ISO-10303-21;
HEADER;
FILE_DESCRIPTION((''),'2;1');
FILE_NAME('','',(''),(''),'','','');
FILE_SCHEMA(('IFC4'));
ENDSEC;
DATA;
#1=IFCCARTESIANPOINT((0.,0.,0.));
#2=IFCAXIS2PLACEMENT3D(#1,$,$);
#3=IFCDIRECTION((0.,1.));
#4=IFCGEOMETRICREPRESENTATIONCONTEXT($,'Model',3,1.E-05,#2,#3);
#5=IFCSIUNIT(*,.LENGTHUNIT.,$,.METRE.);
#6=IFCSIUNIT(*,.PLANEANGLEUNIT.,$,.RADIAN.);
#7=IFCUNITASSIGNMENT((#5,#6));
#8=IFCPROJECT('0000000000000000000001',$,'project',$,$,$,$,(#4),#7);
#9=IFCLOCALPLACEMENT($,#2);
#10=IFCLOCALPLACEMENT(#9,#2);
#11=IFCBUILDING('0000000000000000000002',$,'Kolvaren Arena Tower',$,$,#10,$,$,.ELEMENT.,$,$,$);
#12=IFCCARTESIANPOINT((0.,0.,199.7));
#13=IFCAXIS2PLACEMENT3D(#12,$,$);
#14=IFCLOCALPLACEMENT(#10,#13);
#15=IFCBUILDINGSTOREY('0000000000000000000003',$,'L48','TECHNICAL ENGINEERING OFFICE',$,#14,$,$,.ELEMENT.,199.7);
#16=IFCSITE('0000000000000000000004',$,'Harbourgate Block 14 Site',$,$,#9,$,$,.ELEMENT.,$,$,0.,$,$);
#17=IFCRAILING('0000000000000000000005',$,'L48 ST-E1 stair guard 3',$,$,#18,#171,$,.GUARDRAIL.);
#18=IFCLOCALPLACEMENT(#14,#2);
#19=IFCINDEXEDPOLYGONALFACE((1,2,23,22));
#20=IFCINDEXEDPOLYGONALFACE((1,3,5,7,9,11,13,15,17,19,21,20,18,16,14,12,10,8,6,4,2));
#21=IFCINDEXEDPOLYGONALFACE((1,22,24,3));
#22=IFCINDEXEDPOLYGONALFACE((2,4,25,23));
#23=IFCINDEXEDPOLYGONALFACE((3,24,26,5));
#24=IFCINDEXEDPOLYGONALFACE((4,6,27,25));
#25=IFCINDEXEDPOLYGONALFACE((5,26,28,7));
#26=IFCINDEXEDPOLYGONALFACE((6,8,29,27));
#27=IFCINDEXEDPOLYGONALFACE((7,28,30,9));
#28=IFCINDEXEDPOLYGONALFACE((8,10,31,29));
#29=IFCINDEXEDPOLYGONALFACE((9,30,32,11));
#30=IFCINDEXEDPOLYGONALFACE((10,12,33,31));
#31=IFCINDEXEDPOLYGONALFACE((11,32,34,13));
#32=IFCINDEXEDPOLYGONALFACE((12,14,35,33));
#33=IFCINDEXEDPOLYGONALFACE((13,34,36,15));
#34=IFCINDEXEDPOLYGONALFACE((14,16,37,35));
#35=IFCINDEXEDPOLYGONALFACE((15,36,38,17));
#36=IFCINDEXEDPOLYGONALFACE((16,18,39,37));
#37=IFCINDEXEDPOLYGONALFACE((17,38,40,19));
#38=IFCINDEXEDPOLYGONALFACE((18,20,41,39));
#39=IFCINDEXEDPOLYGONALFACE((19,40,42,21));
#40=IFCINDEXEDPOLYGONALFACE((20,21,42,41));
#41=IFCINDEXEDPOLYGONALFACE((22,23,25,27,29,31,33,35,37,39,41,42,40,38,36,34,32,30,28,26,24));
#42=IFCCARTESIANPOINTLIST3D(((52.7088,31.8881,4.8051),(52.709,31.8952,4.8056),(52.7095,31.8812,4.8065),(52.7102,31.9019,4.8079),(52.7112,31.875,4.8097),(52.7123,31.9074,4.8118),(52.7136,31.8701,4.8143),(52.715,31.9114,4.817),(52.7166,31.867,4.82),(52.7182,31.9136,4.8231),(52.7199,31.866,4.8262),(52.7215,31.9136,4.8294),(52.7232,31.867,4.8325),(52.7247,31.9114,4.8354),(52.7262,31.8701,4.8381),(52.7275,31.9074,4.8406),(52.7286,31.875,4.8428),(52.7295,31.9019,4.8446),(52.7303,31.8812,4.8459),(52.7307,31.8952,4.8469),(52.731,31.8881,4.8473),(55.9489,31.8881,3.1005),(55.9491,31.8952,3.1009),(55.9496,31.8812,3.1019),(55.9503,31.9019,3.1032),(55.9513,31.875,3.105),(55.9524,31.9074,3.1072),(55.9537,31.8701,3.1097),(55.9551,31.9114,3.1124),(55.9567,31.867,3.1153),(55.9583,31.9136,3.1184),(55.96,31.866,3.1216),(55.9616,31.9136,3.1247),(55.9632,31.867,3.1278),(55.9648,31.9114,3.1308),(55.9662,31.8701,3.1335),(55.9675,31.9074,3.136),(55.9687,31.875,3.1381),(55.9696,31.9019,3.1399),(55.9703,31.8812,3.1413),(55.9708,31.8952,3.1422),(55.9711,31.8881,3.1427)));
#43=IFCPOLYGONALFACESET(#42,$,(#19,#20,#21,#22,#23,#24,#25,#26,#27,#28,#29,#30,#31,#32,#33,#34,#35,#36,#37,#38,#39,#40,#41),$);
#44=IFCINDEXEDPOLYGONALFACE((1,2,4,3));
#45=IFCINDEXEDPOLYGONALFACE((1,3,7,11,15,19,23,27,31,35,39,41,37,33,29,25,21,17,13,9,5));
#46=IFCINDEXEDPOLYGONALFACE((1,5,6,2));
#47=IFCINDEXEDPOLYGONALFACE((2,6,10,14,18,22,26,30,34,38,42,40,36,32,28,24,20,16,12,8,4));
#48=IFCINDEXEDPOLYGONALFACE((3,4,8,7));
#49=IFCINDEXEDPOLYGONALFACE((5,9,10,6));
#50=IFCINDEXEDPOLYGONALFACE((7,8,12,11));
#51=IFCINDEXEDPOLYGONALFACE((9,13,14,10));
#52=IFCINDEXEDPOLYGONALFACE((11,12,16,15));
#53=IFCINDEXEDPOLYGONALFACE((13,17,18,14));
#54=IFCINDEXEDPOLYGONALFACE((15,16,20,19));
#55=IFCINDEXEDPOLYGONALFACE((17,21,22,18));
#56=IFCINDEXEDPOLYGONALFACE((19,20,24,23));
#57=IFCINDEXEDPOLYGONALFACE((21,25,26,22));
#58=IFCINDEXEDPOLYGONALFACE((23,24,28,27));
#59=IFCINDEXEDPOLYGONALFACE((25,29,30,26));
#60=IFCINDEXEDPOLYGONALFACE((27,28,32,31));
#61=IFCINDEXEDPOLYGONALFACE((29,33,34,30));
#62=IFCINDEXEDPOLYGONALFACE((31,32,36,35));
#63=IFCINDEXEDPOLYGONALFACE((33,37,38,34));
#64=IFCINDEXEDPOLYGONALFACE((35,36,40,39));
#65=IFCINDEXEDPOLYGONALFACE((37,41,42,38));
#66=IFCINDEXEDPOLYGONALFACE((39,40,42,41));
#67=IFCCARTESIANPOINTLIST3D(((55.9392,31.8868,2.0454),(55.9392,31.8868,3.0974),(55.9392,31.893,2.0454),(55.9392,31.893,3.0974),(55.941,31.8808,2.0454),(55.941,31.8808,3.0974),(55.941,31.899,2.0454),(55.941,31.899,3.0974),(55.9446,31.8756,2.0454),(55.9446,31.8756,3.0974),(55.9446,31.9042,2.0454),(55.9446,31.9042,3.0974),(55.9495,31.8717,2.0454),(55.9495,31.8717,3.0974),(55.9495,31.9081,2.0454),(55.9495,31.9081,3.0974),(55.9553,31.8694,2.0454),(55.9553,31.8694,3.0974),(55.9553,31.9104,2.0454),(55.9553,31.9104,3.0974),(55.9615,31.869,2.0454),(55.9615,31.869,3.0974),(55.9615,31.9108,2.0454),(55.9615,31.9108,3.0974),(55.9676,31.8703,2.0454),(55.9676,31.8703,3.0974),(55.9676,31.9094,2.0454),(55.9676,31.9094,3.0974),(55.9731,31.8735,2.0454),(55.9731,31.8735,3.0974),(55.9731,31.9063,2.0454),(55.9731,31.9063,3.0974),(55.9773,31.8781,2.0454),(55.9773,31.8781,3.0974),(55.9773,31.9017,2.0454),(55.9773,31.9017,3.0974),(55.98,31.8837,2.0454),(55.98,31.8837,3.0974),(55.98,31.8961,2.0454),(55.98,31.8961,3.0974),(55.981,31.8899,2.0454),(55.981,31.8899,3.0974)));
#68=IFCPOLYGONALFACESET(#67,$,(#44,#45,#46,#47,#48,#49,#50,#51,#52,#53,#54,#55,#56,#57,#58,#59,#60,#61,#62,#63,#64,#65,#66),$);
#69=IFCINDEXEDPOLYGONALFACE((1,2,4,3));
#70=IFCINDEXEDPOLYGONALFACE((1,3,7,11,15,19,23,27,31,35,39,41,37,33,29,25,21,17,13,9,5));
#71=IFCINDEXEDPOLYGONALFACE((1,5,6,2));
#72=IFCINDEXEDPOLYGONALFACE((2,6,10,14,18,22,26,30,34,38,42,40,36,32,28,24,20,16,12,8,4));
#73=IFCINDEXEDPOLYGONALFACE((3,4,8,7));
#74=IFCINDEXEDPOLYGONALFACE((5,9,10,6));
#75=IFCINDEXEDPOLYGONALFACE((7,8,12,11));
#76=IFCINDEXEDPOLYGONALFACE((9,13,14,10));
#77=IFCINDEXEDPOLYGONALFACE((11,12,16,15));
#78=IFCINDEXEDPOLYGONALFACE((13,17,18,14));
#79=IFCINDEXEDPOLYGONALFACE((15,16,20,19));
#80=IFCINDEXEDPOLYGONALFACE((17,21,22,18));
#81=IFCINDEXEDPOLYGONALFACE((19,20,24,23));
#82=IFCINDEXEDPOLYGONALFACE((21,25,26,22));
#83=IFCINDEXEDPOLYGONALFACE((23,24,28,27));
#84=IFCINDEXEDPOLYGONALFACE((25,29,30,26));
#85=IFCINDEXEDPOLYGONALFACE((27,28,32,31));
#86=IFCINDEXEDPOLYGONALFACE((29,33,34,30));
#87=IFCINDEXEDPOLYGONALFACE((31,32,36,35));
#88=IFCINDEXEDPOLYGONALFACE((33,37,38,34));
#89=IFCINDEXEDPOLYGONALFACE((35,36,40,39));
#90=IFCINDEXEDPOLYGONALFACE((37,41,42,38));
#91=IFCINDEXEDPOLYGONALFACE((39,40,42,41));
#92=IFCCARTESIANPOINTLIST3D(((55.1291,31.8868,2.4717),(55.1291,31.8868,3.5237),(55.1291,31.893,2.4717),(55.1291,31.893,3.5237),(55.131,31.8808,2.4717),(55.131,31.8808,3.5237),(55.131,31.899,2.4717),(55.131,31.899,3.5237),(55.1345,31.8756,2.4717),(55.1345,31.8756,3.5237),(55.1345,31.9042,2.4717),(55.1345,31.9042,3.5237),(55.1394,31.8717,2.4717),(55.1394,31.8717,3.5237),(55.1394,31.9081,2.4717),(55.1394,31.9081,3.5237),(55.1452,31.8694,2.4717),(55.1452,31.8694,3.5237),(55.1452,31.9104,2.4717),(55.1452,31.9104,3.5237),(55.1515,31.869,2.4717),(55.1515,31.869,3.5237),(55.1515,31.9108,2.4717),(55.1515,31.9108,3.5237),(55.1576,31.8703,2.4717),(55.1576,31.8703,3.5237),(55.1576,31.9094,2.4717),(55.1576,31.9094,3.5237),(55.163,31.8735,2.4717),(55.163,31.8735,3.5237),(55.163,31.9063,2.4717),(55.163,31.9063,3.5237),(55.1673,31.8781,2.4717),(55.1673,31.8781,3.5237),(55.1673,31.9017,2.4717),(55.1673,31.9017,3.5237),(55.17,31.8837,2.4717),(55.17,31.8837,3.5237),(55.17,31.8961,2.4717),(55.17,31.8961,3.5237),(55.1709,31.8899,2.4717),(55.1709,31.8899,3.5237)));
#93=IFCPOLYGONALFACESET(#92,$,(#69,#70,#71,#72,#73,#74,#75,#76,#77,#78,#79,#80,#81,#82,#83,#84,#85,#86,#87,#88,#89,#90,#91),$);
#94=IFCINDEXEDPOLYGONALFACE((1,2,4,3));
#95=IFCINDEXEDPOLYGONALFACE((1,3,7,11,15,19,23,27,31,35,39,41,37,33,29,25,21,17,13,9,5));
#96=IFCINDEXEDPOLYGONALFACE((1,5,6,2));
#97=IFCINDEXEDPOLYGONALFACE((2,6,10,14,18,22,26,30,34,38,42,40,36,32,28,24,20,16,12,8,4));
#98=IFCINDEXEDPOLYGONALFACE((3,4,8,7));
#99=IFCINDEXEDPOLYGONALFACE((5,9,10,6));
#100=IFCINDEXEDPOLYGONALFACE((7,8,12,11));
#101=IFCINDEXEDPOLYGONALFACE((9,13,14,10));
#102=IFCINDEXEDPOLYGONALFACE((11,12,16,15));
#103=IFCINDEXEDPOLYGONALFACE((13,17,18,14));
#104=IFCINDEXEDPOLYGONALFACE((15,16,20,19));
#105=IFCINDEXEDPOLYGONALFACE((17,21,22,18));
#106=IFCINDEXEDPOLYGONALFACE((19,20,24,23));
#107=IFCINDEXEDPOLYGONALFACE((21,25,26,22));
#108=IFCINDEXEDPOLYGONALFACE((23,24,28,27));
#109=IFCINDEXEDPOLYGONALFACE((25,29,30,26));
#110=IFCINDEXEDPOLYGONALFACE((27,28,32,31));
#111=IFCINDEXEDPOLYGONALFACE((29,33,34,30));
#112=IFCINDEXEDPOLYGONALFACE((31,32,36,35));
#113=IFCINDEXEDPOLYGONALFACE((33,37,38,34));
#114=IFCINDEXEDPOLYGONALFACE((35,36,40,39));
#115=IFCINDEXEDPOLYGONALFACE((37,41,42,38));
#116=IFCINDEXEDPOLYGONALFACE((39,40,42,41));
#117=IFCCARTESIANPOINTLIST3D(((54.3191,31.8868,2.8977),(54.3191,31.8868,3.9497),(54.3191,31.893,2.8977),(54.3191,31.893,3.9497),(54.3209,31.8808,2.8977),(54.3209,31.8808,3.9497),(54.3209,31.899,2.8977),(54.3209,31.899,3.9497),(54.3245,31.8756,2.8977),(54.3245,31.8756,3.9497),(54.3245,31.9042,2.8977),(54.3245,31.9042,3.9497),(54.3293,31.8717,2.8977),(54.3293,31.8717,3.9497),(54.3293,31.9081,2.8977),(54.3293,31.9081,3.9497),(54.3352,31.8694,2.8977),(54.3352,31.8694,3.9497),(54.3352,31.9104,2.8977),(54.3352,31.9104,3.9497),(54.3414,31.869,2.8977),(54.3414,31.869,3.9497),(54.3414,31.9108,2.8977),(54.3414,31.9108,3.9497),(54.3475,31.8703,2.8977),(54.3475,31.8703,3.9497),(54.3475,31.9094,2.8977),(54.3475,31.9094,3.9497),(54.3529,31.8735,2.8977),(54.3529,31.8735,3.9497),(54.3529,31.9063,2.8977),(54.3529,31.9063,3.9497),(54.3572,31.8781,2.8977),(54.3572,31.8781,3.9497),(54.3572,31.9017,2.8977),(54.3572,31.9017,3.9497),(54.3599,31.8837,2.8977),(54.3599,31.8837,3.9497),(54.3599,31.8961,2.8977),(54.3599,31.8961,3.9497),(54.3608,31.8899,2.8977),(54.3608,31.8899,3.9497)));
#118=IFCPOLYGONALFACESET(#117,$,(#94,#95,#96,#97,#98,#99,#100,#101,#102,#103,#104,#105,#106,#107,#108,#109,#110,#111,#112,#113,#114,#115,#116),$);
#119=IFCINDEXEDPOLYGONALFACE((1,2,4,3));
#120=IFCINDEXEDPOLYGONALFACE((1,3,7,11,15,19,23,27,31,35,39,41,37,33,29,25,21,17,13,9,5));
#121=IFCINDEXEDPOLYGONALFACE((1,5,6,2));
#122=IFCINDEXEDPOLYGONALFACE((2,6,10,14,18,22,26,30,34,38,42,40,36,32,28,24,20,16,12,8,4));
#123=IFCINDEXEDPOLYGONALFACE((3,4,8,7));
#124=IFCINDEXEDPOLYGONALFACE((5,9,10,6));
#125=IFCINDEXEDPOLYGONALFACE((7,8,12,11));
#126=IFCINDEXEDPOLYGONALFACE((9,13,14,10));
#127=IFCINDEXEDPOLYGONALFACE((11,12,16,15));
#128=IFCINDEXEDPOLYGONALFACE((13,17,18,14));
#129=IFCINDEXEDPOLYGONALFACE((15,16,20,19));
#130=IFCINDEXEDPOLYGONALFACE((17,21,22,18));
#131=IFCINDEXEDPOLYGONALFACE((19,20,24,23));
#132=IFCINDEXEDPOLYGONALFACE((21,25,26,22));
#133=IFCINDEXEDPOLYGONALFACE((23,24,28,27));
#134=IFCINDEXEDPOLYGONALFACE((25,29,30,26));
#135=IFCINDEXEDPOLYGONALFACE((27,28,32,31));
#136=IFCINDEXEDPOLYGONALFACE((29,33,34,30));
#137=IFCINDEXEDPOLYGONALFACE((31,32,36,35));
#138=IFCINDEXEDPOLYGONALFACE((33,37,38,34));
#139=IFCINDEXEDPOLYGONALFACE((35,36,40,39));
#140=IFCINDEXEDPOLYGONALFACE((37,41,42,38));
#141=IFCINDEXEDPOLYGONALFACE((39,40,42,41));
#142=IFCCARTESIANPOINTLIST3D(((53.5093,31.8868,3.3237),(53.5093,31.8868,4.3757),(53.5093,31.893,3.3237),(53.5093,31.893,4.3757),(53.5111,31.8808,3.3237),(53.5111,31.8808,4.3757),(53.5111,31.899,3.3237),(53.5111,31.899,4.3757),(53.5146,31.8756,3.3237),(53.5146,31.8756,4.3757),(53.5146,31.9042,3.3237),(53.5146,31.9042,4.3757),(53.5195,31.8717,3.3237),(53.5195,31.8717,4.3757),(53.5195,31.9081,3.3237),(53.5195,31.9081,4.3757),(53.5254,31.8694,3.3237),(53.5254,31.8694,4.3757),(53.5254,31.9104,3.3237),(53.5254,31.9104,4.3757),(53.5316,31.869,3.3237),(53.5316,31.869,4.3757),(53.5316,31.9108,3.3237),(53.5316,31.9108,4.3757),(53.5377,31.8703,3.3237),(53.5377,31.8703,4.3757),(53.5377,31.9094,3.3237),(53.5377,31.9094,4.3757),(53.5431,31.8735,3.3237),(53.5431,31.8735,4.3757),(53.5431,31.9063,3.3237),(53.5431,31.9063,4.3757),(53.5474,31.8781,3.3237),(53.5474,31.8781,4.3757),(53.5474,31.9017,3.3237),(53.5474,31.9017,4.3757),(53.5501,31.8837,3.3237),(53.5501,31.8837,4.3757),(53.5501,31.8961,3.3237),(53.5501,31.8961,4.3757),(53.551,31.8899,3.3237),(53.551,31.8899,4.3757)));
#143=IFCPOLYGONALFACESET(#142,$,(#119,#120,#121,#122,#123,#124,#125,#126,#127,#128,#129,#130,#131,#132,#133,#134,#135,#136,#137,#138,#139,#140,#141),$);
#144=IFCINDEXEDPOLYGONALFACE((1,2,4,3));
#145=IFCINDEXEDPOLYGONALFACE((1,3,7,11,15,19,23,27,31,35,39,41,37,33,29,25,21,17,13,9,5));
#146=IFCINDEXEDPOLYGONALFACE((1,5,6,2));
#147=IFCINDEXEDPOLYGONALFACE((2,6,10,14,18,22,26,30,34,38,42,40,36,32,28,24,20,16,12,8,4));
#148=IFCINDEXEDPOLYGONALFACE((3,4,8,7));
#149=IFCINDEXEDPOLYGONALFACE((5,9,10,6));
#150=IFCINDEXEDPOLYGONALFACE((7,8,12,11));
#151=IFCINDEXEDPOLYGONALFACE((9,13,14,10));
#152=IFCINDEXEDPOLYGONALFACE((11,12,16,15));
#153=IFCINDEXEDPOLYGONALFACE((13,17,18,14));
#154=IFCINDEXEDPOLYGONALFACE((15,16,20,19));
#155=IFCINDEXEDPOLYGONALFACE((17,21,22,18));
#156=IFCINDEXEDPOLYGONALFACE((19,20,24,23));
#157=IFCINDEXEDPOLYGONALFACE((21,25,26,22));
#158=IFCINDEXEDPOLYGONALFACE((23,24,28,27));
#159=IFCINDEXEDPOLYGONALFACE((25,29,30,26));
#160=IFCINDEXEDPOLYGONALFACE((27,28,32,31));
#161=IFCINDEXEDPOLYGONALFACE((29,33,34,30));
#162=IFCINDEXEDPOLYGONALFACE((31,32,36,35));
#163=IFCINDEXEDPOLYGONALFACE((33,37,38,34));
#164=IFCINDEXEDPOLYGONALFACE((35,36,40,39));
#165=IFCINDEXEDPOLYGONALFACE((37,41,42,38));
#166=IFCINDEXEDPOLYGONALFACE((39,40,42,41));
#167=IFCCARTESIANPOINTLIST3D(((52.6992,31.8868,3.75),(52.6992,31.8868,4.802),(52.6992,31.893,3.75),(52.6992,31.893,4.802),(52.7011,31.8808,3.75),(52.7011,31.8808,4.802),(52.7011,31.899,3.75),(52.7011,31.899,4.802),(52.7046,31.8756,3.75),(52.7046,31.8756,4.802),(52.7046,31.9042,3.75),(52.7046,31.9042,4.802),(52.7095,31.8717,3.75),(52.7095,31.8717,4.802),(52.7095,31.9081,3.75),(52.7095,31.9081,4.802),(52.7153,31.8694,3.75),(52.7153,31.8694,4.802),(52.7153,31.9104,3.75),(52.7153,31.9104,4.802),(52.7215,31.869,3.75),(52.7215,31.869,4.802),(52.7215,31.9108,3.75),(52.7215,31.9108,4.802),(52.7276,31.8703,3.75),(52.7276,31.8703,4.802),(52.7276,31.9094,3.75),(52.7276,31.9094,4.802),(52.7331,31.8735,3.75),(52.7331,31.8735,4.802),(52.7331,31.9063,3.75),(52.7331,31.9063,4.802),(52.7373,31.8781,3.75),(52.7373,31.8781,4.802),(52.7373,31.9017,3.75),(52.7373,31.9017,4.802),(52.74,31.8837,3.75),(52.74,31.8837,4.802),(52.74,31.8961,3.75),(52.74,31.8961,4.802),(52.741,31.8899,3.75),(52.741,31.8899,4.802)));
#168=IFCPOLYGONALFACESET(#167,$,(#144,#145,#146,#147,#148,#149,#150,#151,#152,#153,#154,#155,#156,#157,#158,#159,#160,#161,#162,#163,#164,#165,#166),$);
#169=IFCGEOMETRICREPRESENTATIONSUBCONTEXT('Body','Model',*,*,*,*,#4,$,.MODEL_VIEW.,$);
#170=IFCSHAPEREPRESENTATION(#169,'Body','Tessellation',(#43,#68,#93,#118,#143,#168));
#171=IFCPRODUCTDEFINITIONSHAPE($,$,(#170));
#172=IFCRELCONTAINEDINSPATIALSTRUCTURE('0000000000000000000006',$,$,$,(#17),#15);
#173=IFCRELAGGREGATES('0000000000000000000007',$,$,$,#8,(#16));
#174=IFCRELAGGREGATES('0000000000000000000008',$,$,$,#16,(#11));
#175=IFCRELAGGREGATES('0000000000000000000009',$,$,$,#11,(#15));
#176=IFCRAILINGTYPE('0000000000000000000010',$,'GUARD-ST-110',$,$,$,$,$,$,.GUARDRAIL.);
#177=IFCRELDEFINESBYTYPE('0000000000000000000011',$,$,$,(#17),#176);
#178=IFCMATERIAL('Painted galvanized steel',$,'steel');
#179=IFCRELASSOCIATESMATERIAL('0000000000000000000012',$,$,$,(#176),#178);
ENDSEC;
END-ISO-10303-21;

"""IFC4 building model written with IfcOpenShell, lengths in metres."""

from ifc_helpers import new_model, si_unit, direction, frame, origin, origin_2d, place, context, subcontext, project, spatial, circle, extrude, material, type_object, element, save


model = new_model("IFC4")

# Units and contexts
model_context = context("Model", 3, precision=1e-05, world=origin(), true_north=direction((0.0, 1.0)))
body_context = subcontext(model_context, "Body", "Model", "MODEL_VIEW")
ifc_project = project(units=[si_unit("LENGTHUNIT", "METRE"), si_unit("PLANEANGLEUNIT", "RADIAN")], contexts=[model_context])

# Site, building, storey
site_placement = place(None, origin())
site = spatial("IfcSite", under=ifc_project, at=site_placement, Name="Harbourgate Block 14 Site", CompositionType="ELEMENT", RefElevation=0.0)
building_placement = place(site_placement, origin())
building = spatial("IfcBuilding", under=site, at=building_placement, Name="Kolvaren Arena Tower", CompositionType="ELEMENT")
storey_placement = place(building_placement, frame((0.0, 0.0, 199.7)))
storey = spatial("IfcBuildingStorey", under=building, at=storey_placement, Name="L48", Description="TECHNICAL ENGINEERING OFFICE", CompositionType="ELEMENT", Elevation=199.7)

# Railing
ifc_material_1 = material(Name="Painted galvanized steel", Category="steel")
railing_type_1 = type_object("IfcRailingType", Name="GUARD-ST-110", PredefinedType="GUARDRAIL", material=ifc_material_1)
railing_1_placement = place(storey_placement, frame((55.96, 31.8899, 2.0454)))
element("IfcRailing", 1, at=railing_1_placement, inside=storey, type_object=railing_type_1, Name="L48 ST-E1 stair guard 3", PredefinedType="GUARDRAIL", context=body_context, shape_type="SweptSolid", body=[
    extrude(circle(Radius=0.0239, at=origin_2d()), frame((0.0, 0.0, 1.0762), z_axis=(-0.884993, 0.0, 0.465604), x_axis=(0.0, -1.0, 0.0)), (0.0, 0.0, 1.0), 3.6611),
    extrude(circle(Radius=0.021, at=origin_2d()), origin(), (0.0, 0.0, 1.0), 1.052),
    extrude(circle(Radius=0.021, at=origin_2d()), frame((-0.8101, 0.0, 0.4263)), (0.0, 0.0, 1.0), 1.052),
    extrude(circle(Radius=0.021, at=origin_2d()), frame((-1.6201, 0.0, 0.8523)), (0.0, 0.0, 1.0), 1.052),
    extrude(circle(Radius=0.021, at=origin_2d()), frame((-2.4299, 0.0, 1.2783)), (0.0, 0.0, 1.0), 1.052),
    extrude(circle(Radius=0.021, at=origin_2d()), frame((-3.24, 0.0, 1.7046)), (0.0, 0.0, 1.0), 1.052),
])

save(model, "model.ifc")
